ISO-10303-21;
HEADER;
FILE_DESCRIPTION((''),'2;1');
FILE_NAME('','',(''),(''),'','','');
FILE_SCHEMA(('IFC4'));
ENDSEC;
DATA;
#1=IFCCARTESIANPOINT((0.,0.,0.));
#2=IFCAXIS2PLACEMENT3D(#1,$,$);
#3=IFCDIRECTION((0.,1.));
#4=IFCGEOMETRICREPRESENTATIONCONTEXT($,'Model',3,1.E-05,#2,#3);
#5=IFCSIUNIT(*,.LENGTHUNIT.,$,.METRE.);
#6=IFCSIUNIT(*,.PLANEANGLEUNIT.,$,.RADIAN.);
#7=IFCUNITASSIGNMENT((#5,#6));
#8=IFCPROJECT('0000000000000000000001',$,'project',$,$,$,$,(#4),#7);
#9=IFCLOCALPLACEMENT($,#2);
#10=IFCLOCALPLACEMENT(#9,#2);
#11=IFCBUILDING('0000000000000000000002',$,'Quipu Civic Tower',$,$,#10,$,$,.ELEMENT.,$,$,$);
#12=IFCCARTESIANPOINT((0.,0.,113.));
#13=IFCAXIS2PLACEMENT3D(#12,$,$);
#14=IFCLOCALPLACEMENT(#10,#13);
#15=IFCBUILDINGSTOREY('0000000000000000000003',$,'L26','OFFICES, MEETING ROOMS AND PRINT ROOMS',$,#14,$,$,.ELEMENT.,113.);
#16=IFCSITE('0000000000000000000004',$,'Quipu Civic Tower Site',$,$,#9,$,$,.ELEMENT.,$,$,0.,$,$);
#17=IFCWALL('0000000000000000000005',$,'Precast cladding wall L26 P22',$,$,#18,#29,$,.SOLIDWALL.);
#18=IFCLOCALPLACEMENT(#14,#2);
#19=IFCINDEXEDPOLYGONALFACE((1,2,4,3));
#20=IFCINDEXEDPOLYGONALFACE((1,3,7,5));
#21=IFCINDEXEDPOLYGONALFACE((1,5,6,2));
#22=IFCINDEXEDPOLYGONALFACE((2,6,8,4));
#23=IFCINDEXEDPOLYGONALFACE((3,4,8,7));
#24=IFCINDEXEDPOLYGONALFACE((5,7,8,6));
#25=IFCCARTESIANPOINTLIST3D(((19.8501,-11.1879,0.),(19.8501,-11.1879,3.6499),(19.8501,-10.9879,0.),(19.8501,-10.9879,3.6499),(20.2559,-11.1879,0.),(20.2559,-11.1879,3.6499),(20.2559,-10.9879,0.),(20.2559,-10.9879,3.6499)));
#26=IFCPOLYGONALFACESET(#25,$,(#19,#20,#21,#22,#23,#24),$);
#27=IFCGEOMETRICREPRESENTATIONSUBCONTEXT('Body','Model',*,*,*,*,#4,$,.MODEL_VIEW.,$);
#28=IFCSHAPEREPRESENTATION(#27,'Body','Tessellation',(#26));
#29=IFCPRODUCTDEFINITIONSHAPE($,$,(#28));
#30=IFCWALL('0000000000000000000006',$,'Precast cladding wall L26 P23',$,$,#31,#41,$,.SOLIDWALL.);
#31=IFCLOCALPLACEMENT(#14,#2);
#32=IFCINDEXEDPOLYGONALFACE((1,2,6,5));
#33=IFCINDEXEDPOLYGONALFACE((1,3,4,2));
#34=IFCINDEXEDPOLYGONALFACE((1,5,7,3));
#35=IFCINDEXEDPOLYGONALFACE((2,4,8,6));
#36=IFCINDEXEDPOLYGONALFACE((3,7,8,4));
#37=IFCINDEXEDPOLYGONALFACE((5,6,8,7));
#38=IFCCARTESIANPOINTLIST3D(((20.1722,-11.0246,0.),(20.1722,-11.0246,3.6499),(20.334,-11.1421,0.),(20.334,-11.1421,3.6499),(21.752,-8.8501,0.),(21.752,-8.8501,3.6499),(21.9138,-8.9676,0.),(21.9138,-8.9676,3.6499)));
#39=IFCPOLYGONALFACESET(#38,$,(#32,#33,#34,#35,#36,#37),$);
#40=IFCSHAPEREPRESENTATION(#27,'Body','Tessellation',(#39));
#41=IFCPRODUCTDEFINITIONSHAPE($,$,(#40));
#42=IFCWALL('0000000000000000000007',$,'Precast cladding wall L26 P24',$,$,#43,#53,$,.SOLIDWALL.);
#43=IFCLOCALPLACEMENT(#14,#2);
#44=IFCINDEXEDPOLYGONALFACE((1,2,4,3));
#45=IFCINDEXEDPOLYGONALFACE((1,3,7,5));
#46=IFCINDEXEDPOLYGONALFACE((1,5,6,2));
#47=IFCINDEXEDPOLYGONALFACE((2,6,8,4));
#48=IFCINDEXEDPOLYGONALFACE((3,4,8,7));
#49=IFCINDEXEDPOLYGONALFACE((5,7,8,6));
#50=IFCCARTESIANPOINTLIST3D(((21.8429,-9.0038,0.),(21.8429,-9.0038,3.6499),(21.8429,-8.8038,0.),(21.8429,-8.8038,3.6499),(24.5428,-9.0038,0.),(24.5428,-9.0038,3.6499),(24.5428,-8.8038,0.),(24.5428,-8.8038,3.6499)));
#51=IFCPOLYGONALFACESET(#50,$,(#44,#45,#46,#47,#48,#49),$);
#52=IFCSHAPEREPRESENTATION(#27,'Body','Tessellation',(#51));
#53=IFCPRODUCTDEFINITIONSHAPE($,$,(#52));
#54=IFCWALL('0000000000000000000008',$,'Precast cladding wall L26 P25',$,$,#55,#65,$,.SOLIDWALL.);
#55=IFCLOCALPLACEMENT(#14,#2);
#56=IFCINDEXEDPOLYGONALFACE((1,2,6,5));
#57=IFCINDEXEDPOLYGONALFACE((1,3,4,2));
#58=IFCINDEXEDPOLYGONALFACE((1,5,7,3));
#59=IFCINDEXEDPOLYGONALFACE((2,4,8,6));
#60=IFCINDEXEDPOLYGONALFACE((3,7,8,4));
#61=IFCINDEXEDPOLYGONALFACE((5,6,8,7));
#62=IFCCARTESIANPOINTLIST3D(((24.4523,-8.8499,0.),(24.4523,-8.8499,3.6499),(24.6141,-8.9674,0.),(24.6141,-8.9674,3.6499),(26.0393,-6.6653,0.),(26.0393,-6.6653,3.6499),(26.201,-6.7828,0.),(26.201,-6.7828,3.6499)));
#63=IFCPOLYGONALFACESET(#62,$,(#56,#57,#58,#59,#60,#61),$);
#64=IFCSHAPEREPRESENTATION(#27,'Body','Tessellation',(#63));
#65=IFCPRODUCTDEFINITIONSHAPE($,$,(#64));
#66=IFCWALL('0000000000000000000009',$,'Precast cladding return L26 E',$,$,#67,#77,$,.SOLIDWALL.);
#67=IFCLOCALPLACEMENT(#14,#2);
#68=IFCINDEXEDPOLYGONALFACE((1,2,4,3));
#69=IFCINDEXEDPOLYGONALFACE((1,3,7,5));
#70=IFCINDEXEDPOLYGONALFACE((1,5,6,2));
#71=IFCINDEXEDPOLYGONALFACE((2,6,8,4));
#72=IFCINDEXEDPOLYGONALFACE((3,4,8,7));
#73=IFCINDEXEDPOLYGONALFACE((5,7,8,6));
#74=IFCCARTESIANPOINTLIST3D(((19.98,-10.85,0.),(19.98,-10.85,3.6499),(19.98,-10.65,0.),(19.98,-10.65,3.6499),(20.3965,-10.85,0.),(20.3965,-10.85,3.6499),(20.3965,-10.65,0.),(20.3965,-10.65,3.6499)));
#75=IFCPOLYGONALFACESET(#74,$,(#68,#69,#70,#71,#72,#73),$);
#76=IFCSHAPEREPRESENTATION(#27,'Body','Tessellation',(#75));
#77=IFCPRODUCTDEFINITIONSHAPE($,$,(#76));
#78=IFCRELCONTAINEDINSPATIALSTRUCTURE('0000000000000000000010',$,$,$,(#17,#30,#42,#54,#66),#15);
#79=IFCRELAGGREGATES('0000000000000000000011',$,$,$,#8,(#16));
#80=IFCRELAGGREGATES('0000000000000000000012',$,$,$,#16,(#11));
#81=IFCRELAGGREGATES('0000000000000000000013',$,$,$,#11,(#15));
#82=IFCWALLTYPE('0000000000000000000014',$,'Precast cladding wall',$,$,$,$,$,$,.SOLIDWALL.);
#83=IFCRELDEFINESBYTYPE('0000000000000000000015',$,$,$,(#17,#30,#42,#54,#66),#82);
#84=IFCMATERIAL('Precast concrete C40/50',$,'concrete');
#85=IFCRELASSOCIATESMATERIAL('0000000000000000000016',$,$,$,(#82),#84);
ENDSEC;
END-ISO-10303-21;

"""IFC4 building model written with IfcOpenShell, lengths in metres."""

from ifc_helpers import new_model, si_unit, direction, frame, frame_2d, origin, place, context, subcontext, project, spatial, rectangle, extrude, material, type_object, element, save


model = new_model("IFC4")

# Units and contexts
model_context = context("Model", 3, precision=1e-05, world=origin(), true_north=direction((0.0, 1.0)))
body_context = subcontext(model_context, "Body", "Model", "MODEL_VIEW")
ifc_project = project(units=[si_unit("LENGTHUNIT", "METRE"), si_unit("PLANEANGLEUNIT", "RADIAN")], contexts=[model_context])

# Site, building, storey
site_placement = place(None, origin())
site = spatial("IfcSite", under=ifc_project, at=site_placement, Name="Quipu Civic Tower Site", CompositionType="ELEMENT", RefElevation=0.0)
building_placement = place(site_placement, origin())
building = spatial("IfcBuilding", under=site, at=building_placement, Name="Quipu Civic Tower", CompositionType="ELEMENT")
storey_placement = place(building_placement, frame((0.0, 0.0, 113.0)))
storey = spatial("IfcBuildingStorey", under=building, at=storey_placement, Name="L26", Description="OFFICES, MEETING ROOMS AND PRINT ROOMS", CompositionType="ELEMENT", Elevation=113.0)

# Walls
ifc_material_1 = material(Name="Precast concrete C40/50", Category="concrete")
wall_type_1 = type_object("IfcWallType", Name="Precast cladding wall", PredefinedType="SOLIDWALL", material=ifc_material_1)
wall_1_placement = place(storey_placement, frame((19.8501, -11.0879, 0.0), z_axis=(0.0, 0.0, 1.0), x_axis=(1.0, 0.0, 0.0)))
element("IfcWall", 1, at=wall_1_placement, inside=storey, type_object=wall_type_1, Name="Precast cladding wall L26 P22", PredefinedType="SOLIDWALL", context=body_context, shape_type="SweptSolid", body=[
    extrude(rectangle(XDim=0.4058, YDim=0.2, at=frame_2d((0.2029, 0.0))), origin(), (0.0, 0.0, 1.0), 3.6499),
])
wall_2_placement = place(storey_placement, frame((20.2532, -11.0833, 0.0), z_axis=(0.0, 0.0, 1.0), x_axis=(0.587767, 0.809031, 0.0)))
element("IfcWall", 2, at=wall_2_placement, inside=storey, type_object=wall_type_1, Name="Precast cladding wall L26 P23", PredefinedType="SOLIDWALL", context=body_context, shape_type="SweptSolid", body=[
    extrude(rectangle(XDim=2.6877, YDim=0.2, at=frame_2d((1.3438, 0.0))), origin(), (0.0, 0.0, 1.0), 3.6499),
])
wall_3_placement = place(storey_placement, frame((21.8428, -8.9038, 0.0), z_axis=(0.0, 0.0, 1.0), x_axis=(1.0, 0.0, 0.0)))
element("IfcWall", 3, at=wall_3_placement, inside=storey, type_object=wall_type_1, Name="Precast cladding wall L26 P24", PredefinedType="SOLIDWALL", context=body_context, shape_type="SweptSolid", body=[
    extrude(rectangle(XDim=2.7, YDim=0.2, at=frame_2d((1.3501, 0.0))), origin(), (0.0, 0.0, 1.0), 3.6499),
])
wall_4_placement = place(storey_placement, frame((24.5332, -8.9087, 0.0), z_axis=(0.0, 0.0, 1.0), x_axis=(0.58772, 0.809064, 0.0)))
element("IfcWall", 4, at=wall_4_placement, inside=storey, type_object=wall_type_1, Name="Precast cladding wall L26 P25", PredefinedType="SOLIDWALL", context=body_context, shape_type="SweptSolid", body=[
    extrude(rectangle(XDim=2.7002, YDim=0.2, at=frame_2d((1.3501, 0.0))), origin(), (0.0, 0.0, 1.0), 3.6499),
])
wall_5_placement = place(storey_placement, frame((19.98, -10.75, 0.0), z_axis=(0.0, 0.0, 1.0), x_axis=(1.0, 0.0, 0.0)))
element("IfcWall", 5, at=wall_5_placement, inside=storey, type_object=wall_type_1, Name="Precast cladding return L26 E", PredefinedType="SOLIDWALL", context=body_context, shape_type="SweptSolid", body=[
    extrude(rectangle(XDim=0.4165, YDim=0.2, at=frame_2d((0.2083, 0.0))), origin(), (0.0, 0.0, 1.0), 3.6499),
])

save(model, "model.ifc")
